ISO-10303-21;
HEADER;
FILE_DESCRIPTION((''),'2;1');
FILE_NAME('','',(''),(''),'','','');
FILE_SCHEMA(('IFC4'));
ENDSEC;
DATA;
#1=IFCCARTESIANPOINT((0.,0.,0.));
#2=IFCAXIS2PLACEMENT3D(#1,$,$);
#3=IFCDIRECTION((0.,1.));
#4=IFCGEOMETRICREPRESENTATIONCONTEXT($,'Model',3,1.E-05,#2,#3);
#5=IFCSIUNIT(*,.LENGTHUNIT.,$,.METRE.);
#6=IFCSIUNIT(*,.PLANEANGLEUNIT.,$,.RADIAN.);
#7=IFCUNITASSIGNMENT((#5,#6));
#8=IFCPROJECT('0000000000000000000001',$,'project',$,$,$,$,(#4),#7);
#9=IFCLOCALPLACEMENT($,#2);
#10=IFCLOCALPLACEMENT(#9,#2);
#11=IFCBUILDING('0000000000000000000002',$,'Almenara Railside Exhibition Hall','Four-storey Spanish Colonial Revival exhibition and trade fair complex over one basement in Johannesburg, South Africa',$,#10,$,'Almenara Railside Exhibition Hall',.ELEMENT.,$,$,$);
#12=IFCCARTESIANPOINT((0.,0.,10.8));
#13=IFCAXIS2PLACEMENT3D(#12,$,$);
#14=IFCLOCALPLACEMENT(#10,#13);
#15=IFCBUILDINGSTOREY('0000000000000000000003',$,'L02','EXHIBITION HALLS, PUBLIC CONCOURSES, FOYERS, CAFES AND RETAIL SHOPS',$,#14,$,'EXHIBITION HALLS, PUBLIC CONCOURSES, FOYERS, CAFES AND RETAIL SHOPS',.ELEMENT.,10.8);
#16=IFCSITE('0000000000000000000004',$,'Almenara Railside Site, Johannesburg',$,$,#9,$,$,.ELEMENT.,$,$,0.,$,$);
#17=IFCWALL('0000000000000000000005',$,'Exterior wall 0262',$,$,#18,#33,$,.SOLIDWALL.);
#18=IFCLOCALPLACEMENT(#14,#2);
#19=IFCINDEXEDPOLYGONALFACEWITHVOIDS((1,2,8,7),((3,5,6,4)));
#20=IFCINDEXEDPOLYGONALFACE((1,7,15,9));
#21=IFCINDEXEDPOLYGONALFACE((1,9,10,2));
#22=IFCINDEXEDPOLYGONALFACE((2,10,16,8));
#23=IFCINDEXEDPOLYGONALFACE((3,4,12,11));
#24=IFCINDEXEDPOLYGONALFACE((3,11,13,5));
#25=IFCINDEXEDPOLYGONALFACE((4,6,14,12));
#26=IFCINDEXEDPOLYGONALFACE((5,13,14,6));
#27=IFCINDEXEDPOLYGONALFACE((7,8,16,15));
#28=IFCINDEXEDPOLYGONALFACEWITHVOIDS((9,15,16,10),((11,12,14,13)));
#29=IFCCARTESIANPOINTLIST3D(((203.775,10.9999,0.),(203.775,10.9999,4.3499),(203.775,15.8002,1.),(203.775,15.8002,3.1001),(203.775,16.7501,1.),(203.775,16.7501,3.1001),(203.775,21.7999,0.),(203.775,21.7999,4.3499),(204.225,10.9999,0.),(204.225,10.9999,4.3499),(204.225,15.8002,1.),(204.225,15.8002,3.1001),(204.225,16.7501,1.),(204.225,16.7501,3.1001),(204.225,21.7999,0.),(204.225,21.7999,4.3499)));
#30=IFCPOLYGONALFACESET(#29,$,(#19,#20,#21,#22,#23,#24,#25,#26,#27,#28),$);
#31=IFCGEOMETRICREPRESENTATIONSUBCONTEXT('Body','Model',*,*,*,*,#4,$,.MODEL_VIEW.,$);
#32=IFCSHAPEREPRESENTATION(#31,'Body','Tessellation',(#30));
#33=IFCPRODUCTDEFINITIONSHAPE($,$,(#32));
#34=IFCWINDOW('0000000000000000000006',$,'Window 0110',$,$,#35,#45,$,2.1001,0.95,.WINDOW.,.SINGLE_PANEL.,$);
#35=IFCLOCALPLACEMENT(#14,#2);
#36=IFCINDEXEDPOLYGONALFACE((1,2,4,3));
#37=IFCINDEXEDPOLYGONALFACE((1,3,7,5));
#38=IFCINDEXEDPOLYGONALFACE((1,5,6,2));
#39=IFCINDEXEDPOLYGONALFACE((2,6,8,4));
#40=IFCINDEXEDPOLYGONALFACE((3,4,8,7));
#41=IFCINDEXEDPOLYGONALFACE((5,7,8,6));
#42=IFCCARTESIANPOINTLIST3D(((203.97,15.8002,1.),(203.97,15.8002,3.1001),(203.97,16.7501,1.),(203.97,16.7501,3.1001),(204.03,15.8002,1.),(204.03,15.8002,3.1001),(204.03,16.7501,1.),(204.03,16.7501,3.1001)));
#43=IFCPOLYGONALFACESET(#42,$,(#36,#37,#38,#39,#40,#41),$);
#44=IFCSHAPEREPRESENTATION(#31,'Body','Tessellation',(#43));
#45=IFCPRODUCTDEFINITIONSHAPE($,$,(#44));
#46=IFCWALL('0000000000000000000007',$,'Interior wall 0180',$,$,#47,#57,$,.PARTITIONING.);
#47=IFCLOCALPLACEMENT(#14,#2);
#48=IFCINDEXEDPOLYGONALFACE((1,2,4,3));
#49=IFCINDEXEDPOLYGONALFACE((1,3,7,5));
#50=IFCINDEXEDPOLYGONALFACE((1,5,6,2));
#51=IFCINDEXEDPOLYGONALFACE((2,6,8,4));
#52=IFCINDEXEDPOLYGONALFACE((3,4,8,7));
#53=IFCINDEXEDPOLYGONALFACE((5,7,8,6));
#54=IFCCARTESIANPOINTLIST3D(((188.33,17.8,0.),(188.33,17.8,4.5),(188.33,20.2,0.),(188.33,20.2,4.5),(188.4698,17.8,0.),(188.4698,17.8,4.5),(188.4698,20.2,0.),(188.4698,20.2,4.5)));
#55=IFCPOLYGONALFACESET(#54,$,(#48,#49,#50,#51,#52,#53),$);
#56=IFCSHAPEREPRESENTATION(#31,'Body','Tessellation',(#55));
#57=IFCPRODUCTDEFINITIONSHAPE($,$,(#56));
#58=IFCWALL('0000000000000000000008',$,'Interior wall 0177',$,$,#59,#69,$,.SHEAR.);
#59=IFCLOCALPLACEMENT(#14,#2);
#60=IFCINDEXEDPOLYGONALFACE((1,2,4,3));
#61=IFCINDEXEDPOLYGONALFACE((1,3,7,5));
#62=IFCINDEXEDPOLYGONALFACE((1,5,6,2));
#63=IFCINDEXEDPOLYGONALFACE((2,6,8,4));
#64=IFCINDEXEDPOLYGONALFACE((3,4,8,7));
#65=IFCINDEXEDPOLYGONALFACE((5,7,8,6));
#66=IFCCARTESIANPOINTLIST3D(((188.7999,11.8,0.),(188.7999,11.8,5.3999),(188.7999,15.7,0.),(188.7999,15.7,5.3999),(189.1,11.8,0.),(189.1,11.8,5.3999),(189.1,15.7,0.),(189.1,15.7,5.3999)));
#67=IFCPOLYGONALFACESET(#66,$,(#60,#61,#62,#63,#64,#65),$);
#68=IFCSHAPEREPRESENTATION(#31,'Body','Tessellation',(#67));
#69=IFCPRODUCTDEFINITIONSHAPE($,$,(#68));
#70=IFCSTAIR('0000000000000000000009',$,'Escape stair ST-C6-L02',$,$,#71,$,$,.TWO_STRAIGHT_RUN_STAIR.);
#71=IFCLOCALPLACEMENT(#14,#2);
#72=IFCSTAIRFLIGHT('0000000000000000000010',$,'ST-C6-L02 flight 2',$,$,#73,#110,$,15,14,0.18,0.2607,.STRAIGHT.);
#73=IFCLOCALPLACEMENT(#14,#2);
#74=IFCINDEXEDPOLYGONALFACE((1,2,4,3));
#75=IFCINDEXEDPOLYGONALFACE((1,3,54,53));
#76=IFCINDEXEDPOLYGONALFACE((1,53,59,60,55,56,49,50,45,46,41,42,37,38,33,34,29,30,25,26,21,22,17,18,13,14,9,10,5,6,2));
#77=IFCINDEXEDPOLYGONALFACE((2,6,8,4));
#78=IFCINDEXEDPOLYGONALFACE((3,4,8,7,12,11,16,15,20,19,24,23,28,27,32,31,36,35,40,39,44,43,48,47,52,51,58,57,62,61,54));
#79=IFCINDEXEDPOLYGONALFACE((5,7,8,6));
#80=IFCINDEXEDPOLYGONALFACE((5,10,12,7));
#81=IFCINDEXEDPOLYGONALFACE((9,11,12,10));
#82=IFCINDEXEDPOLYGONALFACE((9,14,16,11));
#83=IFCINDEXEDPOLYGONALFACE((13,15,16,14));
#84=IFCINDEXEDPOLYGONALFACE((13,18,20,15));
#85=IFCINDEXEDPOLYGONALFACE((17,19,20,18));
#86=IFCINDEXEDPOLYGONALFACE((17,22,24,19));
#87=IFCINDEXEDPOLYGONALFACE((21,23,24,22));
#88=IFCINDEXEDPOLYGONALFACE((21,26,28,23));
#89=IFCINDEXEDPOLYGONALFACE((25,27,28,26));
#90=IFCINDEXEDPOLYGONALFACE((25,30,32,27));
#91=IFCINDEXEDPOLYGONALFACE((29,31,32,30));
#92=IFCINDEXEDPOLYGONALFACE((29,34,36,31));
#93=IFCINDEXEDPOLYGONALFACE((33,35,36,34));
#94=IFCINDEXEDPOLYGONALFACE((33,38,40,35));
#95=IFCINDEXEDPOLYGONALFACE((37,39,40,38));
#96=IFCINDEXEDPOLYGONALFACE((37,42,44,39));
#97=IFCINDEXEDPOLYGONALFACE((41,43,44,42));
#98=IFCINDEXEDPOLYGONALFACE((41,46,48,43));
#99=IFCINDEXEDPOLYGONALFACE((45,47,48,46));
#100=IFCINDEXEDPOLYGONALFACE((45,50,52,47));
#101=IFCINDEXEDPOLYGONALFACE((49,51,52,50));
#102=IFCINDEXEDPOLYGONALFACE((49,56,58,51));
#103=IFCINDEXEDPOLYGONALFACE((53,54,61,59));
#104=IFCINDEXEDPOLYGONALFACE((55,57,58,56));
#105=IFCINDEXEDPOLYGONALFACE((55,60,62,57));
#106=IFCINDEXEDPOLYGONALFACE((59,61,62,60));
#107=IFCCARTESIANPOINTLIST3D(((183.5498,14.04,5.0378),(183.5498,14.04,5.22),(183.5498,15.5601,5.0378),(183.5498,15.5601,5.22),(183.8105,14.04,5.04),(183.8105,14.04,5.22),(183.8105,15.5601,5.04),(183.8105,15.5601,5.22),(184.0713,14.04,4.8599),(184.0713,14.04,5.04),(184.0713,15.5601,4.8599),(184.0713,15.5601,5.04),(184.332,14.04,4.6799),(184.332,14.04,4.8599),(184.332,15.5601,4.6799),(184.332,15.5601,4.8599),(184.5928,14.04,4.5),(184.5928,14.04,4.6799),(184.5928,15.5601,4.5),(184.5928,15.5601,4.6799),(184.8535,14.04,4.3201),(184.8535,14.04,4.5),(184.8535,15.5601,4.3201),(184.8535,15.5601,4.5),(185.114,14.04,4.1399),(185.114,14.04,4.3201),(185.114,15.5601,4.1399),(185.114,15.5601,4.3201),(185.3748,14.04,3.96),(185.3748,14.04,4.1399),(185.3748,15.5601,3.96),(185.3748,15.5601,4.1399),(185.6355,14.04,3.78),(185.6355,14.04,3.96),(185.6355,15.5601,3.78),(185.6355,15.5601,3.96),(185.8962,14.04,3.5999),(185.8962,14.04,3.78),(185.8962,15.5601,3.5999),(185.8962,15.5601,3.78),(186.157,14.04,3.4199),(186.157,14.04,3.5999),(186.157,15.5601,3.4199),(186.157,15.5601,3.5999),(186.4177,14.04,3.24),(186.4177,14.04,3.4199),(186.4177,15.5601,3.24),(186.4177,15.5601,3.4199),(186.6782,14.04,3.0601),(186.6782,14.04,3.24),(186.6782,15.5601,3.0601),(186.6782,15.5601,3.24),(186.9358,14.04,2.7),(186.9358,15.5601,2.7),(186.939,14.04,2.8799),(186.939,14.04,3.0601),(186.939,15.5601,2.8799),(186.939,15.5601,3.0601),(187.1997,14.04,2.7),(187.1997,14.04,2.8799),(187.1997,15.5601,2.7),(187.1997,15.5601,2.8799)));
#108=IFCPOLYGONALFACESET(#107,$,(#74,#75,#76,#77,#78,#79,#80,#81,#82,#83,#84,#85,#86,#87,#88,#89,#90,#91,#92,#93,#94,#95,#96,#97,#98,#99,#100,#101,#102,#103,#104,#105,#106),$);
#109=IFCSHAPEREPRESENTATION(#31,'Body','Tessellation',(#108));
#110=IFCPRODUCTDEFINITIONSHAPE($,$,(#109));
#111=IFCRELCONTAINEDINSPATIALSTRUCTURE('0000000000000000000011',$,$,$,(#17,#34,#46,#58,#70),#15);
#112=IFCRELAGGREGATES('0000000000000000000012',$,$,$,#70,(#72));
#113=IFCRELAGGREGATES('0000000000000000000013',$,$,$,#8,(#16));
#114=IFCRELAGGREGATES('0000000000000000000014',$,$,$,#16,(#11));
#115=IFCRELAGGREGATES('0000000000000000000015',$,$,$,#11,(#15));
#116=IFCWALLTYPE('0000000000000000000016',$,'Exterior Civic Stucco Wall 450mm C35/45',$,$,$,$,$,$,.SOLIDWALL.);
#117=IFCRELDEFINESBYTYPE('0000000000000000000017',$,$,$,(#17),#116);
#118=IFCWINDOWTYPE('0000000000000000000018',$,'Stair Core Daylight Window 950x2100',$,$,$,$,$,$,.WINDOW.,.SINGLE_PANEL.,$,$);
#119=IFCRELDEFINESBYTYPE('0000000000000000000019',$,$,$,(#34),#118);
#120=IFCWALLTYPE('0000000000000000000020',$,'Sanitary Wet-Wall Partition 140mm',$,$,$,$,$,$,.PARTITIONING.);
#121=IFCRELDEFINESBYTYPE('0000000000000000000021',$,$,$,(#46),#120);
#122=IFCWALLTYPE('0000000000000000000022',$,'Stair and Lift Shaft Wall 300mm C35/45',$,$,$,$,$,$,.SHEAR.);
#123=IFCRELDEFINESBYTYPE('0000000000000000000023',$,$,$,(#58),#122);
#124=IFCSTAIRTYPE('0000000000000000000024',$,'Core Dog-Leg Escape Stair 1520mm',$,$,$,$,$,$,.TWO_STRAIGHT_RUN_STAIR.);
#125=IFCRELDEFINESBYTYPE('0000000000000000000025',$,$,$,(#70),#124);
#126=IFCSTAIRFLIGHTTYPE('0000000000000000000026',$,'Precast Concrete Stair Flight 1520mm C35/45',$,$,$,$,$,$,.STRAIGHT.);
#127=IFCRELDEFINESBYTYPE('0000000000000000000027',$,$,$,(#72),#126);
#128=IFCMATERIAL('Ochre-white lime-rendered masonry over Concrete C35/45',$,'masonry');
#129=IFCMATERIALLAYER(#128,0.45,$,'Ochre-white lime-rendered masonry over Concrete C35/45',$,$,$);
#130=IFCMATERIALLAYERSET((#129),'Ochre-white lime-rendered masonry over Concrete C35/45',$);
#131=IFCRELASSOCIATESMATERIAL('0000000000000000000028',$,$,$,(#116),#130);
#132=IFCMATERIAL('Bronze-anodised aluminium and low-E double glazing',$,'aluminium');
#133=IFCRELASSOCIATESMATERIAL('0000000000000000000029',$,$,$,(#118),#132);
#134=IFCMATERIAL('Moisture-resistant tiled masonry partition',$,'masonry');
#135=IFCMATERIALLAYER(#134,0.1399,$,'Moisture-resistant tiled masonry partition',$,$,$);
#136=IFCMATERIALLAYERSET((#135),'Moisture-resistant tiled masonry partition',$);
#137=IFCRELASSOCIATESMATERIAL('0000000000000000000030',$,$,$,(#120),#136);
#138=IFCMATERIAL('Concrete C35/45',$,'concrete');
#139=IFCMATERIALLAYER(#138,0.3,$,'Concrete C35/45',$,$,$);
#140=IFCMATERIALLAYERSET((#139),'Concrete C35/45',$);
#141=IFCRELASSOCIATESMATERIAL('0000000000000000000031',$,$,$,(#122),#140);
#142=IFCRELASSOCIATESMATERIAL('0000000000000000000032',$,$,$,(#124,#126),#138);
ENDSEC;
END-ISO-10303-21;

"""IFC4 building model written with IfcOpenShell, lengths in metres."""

from ifc_helpers import new_model, si_unit, direction, frame, frame_2d, origin, place, context, subcontext, project, spatial, polyline, rectangle, outline, extrude, material, layer, layer_set, type_object, element, fill, aggregate, save


model = new_model("IFC4")

# Units and contexts
model_context = context("Model", 3, precision=1e-05, world=origin(), true_north=direction((0.0, 1.0)))
body_context = subcontext(model_context, "Body", "Model", "MODEL_VIEW")
ifc_project = project(units=[si_unit("LENGTHUNIT", "METRE"), si_unit("PLANEANGLEUNIT", "RADIAN")], contexts=[model_context])

# Site, building, storey
site_placement = place(None, origin())
site = spatial("IfcSite", under=ifc_project, at=site_placement, Name="Almenara Railside Site, Johannesburg", CompositionType="ELEMENT", RefElevation=0.0)
building_placement = place(site_placement, origin())
building = spatial("IfcBuilding", under=site, at=building_placement, Name="Almenara Railside Exhibition Hall", Description="Four-storey Spanish Colonial Revival exhibition and trade fair complex over one basement in Johannesburg, South Africa", LongName="Almenara Railside Exhibition Hall", CompositionType="ELEMENT")
storey_placement = place(building_placement, frame((0.0, 0.0, 10.8)))
storey = spatial("IfcBuildingStorey", under=building, at=storey_placement, Name="L02", Description="EXHIBITION HALLS, PUBLIC CONCOURSES, FOYERS, CAFES AND RETAIL SHOPS", LongName="EXHIBITION HALLS, PUBLIC CONCOURSES, FOYERS, CAFES AND RETAIL SHOPS", CompositionType="ELEMENT", Elevation=10.8)

# Shared definitions
ifc_material_1 = material(Name="Concrete C35/45", Category="concrete")

# Wall, opening, window
ifc_material_2 = material(Name="Ochre-white lime-rendered masonry over Concrete C35/45", Category="masonry")
ifc_layer_1 = layer(ifc_material_2, 0.45, Name="Ochre-white lime-rendered masonry over Concrete C35/45")
ifc_layer_set_1 = layer_set([ifc_layer_1], Name="Ochre-white lime-rendered masonry over Concrete C35/45")
wall_type_1 = type_object("IfcWallType", Name="Exterior Civic Stucco Wall 450mm C35/45", PredefinedType="SOLIDWALL", material=ifc_layer_set_1)
wall_1_placement = place(storey_placement, frame((204.0, 11.0, 0.0), z_axis=(0.0, 0.0, 1.0), x_axis=(0.0, 1.0, 0.0)))
wall_1 = element("IfcWall", 1, at=wall_1_placement, inside=storey, type_object=wall_type_1, Name="Exterior wall 0262", PredefinedType="SOLIDWALL", context=body_context, shape_type="SweptSolid", body=[
    extrude(rectangle(XDim=10.8, YDim=0.45, at=frame_2d((5.3999, 0.0))), origin(), (0.0, 0.0, 1.0), 4.3499),
])
opening_placement = place(wall_1_placement, frame((4.8, 0.0, 1.0)))
opening = element("IfcOpeningElement", 2, at=opening_placement, cuts=wall_1, PredefinedType="OPENING", context=body_context, shape_type="SweptSolid", body=[
    extrude(rectangle(XDim=0.95, YDim=2.1001, at=frame_2d((0.4751, 1.05))), frame((0.0, 0.2349, 0.0), z_axis=(0.0, -1.0, 0.0), x_axis=(1.0, 0.0, 0.0)), (0.0, 0.0, 1.0), 0.47),
])
ifc_material_3 = material(Name="Bronze-anodised aluminium and low-E double glazing", Category="aluminium")
window_type = type_object("IfcWindowType", Name="Stair Core Daylight Window 950x2100", PartitioningType="SINGLE_PANEL", PredefinedType="WINDOW", material=ifc_material_3)
window_placement = place(opening_placement, origin())
window = element("IfcWindow", 3, at=window_placement, inside=storey, type_object=window_type, Name="Window 0110", OverallHeight=2.1001, OverallWidth=0.95, PartitioningType="SINGLE_PANEL", PredefinedType="WINDOW", context=body_context, shape_type="SweptSolid", body=[
    extrude(rectangle(XDim=0.95, YDim=2.1001, at=frame_2d((0.4751, 1.05))), frame((0.0, 0.03, 0.0), z_axis=(0.0, -1.0, 0.0), x_axis=(1.0, 0.0, 0.0)), (0.0, 0.0, 1.0), 0.0601),
])
fill(opening, window)

# Walls
ifc_material_4 = material(Name="Moisture-resistant tiled masonry partition", Category="masonry")
ifc_layer_2 = layer(ifc_material_4, 0.1399, Name="Moisture-resistant tiled masonry partition")
ifc_layer_set_2 = layer_set([ifc_layer_2], Name="Moisture-resistant tiled masonry partition")
wall_type_2 = type_object("IfcWallType", Name="Sanitary Wet-Wall Partition 140mm", PredefinedType="PARTITIONING", material=ifc_layer_set_2)
wall_2_placement = place(storey_placement, frame((188.3999, 17.8, 0.0), z_axis=(0.0, 0.0, 1.0), x_axis=(0.0, 1.0, 0.0)))
element("IfcWall", 4, at=wall_2_placement, inside=storey, type_object=wall_type_2, Name="Interior wall 0180", PredefinedType="PARTITIONING", context=body_context, shape_type="SweptSolid", body=[
    extrude(rectangle(XDim=2.3999, YDim=0.1399, at=frame_2d((1.2, 0.0))), origin(), (0.0, 0.0, 1.0), 4.5),
])
ifc_layer_3 = layer(ifc_material_1, 0.3, Name="Concrete C35/45")
ifc_layer_set_3 = layer_set([ifc_layer_3], Name="Concrete C35/45")
wall_type_3 = type_object("IfcWallType", Name="Stair and Lift Shaft Wall 300mm C35/45", PredefinedType="SHEAR", material=ifc_layer_set_3)
wall_3_placement = place(storey_placement, frame((188.95, 11.8, 0.0), z_axis=(0.0, 0.0, 1.0), x_axis=(0.0, 1.0, 0.0)))
element("IfcWall", 5, at=wall_3_placement, inside=storey, type_object=wall_type_3, Name="Interior wall 0177", PredefinedType="SHEAR", context=body_context, shape_type="SweptSolid", body=[
    extrude(rectangle(XDim=3.8999, YDim=0.3, at=frame_2d((1.95, 0.0))), origin(), (0.0, 0.0, 1.0), 5.3999),
])

# Stair, stair flight
stair_type = type_object("IfcStairType", Name="Core Dog-Leg Escape Stair 1520mm", PredefinedType="TWO_STRAIGHT_RUN_STAIR", material=ifc_material_1)
stair_placement = place(storey_placement, origin())
stair = element("IfcStair", 6, at=stair_placement, inside=storey, type_object=stair_type, Name="Escape stair ST-C6-L02", PredefinedType="TWO_STRAIGHT_RUN_STAIR")
stair_flight_type = type_object("IfcStairFlightType", Name="Precast Concrete Stair Flight 1520mm C35/45", PredefinedType="STRAIGHT", material=ifc_material_1)
stair_flight_placement = place(storey_placement, frame((187.1997, 14.8, 2.7), z_axis=(0.0, 0.0, 1.0), x_axis=(-1.0, 0.0, 0.0)))
stair_flight = element("IfcStairFlight", 7, at=stair_flight_placement, type_object=stair_flight_type, Name="ST-C6-L02 flight 2", NumberOfRisers=15, NumberOfTreads=14, PredefinedType="STRAIGHT", RiserHeight=0.18, TreadLength=0.2607, context=body_context, shape_type="SweptSolid", body=[
    extrude(outline(polyline([(0.0, 0.0), (0.0, 0.1799), (0.2607, 0.1799), (0.2607, 0.3601), (0.5215, 0.3601), (0.5215, 0.54), (0.782, 0.54), (0.782, 0.72), (1.0427, 0.72), (1.0427, 0.8999), (1.3035, 0.8999), (1.3035, 1.0801), (1.5642, 1.0801), (1.5642, 1.26), (1.825, 1.26), (1.825, 1.4399), (2.0857, 1.4399), (2.0857, 1.6201), (2.3462, 1.6201), (2.3462, 1.8), (2.6069, 1.8), (2.6069, 1.98), (2.8677, 1.98), (2.8677, 2.1599), (3.1284, 2.1599), (3.1284, 2.3401), (3.3892, 2.3401), (3.3892, 2.52), (3.6499, 2.52), (3.6499, 2.7), (3.6499, 2.3379), (0.2639, 0.0), (0.0, 0.0)])), frame((0.0, 0.76, 0.0), z_axis=(0.0, -1.0, 0.0), x_axis=(1.0, 0.0, 0.0)), (0.0, 0.0, 1.0), 1.52),
])
aggregate(stair, [stair_flight])

save(model, "model.ifc")
